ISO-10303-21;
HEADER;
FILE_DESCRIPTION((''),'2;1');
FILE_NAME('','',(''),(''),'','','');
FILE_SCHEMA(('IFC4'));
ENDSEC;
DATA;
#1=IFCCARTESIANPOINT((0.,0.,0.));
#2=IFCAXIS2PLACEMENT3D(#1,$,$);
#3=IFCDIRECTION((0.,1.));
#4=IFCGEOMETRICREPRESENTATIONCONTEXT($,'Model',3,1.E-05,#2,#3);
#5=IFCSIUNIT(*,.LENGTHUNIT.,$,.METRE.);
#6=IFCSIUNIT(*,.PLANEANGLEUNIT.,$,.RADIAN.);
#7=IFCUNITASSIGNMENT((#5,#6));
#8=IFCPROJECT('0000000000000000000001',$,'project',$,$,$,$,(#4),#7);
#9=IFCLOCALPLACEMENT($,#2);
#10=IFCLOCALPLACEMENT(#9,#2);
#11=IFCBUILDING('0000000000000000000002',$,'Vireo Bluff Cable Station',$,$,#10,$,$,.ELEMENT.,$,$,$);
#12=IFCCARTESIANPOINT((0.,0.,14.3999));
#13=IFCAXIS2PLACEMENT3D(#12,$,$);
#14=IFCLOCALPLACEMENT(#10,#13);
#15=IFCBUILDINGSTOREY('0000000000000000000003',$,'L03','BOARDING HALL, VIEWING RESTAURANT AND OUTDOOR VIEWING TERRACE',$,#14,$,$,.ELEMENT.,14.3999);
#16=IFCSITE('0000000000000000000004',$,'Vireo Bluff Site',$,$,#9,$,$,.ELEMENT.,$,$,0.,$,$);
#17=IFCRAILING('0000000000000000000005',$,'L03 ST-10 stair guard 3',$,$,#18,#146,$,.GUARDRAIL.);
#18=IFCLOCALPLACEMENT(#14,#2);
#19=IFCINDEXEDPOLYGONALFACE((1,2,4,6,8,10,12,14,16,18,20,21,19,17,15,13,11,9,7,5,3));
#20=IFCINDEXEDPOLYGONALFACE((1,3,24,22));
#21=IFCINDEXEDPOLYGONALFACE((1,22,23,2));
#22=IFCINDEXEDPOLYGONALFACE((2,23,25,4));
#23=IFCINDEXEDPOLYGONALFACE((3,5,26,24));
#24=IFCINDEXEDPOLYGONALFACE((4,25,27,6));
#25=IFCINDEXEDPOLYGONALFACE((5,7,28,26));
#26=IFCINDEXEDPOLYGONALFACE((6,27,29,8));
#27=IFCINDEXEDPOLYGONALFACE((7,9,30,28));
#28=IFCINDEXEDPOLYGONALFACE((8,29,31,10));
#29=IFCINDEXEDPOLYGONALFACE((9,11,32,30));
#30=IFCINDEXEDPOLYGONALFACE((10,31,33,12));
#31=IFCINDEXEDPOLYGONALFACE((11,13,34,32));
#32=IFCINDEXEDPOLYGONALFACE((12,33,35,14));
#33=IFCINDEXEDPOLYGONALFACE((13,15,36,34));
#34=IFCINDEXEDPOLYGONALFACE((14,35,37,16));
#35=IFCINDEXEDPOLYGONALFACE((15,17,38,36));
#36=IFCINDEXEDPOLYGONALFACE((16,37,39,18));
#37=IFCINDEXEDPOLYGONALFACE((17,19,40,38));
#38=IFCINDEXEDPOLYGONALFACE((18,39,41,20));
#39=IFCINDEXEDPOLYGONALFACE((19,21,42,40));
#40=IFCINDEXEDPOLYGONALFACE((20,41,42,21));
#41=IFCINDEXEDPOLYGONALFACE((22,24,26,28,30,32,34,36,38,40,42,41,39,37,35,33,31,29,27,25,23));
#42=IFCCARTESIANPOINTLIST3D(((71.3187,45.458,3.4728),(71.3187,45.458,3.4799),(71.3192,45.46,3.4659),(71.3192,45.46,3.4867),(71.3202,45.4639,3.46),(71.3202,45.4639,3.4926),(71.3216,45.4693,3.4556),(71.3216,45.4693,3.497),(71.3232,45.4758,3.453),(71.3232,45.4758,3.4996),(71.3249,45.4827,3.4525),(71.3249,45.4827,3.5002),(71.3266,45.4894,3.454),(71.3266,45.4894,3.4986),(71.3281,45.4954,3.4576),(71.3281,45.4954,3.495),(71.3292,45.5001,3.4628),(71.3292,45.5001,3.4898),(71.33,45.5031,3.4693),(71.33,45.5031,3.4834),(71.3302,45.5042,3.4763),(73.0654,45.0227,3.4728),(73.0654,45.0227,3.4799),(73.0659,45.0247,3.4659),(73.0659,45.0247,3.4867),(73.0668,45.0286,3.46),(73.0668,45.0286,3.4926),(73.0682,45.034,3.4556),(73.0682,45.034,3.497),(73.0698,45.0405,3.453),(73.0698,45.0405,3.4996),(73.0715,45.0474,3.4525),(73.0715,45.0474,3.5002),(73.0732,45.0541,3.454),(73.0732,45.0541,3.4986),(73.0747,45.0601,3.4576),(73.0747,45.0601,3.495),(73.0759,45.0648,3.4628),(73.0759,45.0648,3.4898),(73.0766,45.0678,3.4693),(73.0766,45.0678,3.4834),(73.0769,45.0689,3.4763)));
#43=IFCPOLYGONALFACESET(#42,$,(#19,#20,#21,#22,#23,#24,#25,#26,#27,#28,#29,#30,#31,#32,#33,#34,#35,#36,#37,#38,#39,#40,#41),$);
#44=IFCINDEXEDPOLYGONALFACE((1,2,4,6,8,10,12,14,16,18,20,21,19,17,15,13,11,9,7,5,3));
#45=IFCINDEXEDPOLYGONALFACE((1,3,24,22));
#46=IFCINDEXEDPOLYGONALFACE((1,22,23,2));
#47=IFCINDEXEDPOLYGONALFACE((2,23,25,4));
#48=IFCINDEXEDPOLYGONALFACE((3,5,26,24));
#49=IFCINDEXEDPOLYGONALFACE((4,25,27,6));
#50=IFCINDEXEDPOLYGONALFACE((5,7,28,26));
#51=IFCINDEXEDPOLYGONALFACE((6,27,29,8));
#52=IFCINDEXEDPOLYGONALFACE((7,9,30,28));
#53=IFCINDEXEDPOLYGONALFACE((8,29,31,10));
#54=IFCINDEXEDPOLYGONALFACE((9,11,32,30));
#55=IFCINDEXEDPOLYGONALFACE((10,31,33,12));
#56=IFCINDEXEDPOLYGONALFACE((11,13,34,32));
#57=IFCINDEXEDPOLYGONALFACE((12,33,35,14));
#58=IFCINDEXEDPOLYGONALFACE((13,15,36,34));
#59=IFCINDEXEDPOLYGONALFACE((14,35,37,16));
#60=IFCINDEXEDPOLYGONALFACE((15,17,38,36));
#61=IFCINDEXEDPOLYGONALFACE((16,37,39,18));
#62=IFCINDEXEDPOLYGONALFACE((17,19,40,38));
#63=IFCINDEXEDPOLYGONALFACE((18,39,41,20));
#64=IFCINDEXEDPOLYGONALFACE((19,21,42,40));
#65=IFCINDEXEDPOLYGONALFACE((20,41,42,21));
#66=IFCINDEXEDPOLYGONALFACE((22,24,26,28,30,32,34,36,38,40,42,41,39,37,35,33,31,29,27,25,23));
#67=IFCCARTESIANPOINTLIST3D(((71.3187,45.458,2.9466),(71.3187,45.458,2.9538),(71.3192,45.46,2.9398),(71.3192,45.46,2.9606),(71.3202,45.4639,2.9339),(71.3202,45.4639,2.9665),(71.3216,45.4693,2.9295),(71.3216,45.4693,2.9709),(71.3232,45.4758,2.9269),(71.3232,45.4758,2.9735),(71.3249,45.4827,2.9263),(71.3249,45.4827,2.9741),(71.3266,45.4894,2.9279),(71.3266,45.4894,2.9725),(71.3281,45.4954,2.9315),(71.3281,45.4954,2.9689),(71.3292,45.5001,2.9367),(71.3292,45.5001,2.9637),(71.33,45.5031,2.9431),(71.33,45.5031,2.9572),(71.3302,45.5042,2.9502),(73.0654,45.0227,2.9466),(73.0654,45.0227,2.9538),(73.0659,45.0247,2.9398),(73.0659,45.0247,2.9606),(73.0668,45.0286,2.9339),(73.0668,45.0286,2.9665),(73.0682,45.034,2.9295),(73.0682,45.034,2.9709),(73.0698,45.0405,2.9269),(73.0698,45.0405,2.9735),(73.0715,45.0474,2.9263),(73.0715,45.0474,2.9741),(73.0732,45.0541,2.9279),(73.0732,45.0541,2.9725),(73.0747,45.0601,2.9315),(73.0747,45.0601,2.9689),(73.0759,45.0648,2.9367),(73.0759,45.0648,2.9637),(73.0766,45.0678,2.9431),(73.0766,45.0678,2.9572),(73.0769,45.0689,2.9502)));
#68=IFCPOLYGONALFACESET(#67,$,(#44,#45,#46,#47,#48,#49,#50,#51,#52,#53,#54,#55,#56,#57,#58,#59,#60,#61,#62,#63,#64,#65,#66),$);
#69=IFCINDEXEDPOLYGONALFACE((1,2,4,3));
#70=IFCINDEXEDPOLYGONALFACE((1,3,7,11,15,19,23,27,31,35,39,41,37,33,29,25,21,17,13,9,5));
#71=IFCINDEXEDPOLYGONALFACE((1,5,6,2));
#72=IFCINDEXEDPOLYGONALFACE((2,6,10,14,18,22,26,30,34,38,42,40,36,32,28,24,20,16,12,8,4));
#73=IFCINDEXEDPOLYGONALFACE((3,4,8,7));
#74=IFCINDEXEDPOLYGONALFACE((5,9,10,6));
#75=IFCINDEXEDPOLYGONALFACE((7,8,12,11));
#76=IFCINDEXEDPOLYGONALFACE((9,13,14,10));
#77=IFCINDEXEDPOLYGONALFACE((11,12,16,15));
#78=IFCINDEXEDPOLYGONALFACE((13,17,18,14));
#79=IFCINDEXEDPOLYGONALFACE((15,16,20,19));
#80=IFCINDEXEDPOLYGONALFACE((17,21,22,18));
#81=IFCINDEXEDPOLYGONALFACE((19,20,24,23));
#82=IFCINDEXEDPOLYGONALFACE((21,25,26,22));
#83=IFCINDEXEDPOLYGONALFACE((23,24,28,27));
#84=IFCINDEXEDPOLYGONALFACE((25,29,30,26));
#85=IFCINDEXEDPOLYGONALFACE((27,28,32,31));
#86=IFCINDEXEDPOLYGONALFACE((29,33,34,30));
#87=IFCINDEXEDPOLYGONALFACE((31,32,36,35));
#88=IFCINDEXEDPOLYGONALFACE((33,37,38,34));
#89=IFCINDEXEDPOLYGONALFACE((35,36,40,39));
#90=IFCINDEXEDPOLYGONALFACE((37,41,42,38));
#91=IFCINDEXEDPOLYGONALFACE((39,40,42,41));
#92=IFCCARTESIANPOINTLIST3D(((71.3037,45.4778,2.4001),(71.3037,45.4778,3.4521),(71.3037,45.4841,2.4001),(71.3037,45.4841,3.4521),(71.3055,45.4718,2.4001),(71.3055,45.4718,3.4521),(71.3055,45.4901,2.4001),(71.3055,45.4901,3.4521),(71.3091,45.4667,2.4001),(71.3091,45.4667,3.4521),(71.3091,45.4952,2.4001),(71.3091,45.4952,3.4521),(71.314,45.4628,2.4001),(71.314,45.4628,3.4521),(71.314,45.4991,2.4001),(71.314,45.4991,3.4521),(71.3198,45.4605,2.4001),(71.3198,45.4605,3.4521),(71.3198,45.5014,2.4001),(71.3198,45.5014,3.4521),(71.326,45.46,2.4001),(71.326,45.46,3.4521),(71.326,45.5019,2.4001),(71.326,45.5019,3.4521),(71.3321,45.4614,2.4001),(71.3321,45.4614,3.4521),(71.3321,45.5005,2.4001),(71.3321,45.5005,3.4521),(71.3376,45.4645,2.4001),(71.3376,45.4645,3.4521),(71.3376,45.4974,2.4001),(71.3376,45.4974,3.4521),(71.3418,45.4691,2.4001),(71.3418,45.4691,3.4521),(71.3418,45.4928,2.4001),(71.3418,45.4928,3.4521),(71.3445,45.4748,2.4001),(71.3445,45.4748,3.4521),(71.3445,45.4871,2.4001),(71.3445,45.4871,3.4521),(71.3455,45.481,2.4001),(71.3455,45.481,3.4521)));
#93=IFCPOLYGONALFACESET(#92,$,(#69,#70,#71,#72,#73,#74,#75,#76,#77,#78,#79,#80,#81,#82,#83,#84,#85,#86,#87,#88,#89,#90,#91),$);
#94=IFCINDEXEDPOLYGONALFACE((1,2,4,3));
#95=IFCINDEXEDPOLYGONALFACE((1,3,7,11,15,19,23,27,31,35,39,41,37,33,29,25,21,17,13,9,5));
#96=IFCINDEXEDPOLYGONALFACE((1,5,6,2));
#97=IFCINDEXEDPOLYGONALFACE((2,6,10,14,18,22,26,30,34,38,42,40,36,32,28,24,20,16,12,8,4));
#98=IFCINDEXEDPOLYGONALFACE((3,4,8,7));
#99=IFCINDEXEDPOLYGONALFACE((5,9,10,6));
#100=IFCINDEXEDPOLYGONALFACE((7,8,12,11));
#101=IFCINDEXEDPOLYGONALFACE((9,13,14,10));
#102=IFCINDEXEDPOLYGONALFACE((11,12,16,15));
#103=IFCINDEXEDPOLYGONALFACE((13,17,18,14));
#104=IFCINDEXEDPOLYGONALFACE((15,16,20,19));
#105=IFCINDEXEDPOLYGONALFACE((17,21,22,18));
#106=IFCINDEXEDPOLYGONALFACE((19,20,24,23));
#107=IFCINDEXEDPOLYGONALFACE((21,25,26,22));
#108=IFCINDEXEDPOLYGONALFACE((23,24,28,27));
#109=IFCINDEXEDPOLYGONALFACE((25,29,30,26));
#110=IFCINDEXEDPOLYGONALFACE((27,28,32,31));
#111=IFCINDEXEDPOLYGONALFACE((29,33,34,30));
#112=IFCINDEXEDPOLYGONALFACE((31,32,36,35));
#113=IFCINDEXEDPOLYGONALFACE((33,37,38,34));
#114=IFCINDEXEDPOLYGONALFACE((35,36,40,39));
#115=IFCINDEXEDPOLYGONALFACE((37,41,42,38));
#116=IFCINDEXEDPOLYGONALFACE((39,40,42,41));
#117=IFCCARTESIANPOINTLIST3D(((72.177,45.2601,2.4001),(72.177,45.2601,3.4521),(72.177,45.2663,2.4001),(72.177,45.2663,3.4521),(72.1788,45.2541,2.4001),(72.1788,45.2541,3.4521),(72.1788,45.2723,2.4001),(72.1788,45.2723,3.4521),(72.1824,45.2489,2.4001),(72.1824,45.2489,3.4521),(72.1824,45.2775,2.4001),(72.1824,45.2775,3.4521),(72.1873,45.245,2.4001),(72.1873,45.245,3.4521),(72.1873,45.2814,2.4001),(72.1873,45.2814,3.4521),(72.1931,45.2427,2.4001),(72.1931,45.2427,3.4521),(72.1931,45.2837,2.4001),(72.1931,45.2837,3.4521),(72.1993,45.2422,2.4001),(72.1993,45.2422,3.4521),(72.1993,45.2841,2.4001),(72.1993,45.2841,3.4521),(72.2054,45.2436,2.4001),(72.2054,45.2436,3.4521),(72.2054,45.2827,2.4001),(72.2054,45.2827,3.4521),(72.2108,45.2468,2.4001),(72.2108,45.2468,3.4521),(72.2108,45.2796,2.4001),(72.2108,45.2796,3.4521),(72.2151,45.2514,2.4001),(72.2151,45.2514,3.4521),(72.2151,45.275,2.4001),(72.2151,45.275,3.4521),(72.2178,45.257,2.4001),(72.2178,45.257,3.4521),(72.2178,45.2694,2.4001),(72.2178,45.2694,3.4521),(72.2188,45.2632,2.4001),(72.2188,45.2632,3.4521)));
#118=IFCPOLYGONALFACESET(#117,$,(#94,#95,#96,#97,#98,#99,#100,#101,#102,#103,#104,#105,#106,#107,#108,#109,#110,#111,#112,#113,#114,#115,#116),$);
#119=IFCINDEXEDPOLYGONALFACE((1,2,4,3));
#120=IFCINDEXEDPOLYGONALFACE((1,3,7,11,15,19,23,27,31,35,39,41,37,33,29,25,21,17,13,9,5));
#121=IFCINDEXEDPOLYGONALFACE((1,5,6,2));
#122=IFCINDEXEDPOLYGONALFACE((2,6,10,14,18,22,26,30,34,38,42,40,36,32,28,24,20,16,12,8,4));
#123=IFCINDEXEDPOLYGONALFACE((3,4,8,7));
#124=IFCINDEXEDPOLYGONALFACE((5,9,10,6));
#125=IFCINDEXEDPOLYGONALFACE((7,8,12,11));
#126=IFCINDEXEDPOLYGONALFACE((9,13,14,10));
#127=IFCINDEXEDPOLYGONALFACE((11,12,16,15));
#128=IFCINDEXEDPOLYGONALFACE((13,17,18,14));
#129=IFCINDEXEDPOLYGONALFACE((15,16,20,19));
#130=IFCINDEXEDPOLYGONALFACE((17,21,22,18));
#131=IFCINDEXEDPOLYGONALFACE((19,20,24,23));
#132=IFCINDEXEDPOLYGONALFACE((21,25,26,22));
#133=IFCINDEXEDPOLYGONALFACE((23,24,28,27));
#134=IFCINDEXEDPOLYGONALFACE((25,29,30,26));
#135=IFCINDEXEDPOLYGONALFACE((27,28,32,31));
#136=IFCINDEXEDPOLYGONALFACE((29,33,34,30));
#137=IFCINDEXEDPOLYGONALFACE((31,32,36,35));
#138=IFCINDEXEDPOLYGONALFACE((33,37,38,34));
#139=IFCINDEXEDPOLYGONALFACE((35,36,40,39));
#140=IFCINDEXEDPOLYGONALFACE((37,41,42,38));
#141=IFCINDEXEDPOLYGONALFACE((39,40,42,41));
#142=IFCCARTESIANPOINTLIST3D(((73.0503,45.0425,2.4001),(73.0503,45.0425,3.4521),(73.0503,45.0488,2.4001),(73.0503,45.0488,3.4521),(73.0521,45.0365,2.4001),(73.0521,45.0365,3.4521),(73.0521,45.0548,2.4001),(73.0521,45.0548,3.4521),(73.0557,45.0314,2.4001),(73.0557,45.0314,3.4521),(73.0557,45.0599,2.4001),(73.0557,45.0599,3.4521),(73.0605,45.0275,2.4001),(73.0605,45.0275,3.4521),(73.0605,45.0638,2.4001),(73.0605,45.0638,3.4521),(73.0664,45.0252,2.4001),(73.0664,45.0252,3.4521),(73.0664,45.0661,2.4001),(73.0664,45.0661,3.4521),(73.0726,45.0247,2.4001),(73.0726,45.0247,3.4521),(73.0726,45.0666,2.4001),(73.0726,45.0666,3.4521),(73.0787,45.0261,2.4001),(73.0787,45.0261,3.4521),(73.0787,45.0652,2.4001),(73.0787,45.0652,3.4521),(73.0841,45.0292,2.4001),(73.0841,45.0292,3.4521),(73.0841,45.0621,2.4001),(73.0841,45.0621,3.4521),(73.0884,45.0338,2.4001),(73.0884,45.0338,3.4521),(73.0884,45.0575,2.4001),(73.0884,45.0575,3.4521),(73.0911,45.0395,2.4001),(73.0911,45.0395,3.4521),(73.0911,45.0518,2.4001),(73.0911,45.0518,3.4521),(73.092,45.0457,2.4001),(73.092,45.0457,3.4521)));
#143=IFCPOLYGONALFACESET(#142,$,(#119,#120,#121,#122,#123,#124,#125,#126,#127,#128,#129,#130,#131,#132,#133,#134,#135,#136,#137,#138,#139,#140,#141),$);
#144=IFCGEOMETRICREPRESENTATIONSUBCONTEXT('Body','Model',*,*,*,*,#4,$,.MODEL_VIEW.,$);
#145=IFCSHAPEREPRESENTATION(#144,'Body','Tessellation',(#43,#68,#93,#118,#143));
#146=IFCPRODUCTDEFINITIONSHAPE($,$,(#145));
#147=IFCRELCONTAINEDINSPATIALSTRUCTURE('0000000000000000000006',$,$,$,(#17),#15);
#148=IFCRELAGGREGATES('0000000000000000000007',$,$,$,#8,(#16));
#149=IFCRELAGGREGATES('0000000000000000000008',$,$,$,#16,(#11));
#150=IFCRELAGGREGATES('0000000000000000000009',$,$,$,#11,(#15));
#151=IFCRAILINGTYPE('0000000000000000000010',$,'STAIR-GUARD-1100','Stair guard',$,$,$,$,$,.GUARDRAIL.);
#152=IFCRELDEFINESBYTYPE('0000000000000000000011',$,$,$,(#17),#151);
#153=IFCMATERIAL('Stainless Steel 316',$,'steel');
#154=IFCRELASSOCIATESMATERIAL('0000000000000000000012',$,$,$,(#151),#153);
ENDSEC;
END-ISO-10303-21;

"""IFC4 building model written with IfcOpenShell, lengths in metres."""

from ifc_helpers import new_model, si_unit, direction, frame, origin, origin_2d, place, context, subcontext, project, spatial, circle, extrude, material, type_object, element, save


model = new_model("IFC4")

# Units and contexts
model_context = context("Model", 3, precision=1e-05, world=origin(), true_north=direction((0.0, 1.0)))
body_context = subcontext(model_context, "Body", "Model", "MODEL_VIEW")
ifc_project = project(units=[si_unit("LENGTHUNIT", "METRE"), si_unit("PLANEANGLEUNIT", "RADIAN")], contexts=[model_context])

# Site, building, storey
site_placement = place(None, origin())
site = spatial("IfcSite", under=ifc_project, at=site_placement, Name="Vireo Bluff Site", CompositionType="ELEMENT", RefElevation=0.0)
building_placement = place(site_placement, origin())
building = spatial("IfcBuilding", under=site, at=building_placement, Name="Vireo Bluff Cable Station", CompositionType="ELEMENT")
storey_placement = place(building_placement, frame((0.0, 0.0, 14.3999)))
storey = spatial("IfcBuildingStorey", under=building, at=storey_placement, Name="L03", Description="BOARDING HALL, VIEWING RESTAURANT AND OUTDOOR VIEWING TERRACE", CompositionType="ELEMENT", Elevation=14.3999)

# Railing
ifc_material_1 = material(Name="Stainless Steel 316", Category="steel")
railing_type_1 = type_object("IfcRailingType", Name="STAIR-GUARD-1100", Description="Stair guard", PredefinedType="GUARDRAIL", material=ifc_material_1)
railing_1_placement = place(storey_placement, frame((71.3245, 45.481, 2.4001)))
element("IfcRailing", 1, at=railing_1_placement, inside=storey, type_object=railing_type_1, Name="L03 ST-10 stair guard 3", PredefinedType="GUARDRAIL", context=body_context, shape_type="SweptSolid", body=[
    extrude(circle(Radius=0.0239, at=origin_2d()), frame((0.0, 0.0, 1.0762), z_axis=(0.970318, -0.241833, 0.0), x_axis=(0.241833, 0.970318, 0.0)), (0.0, 0.0, 1.0), 1.8),
    extrude(circle(Radius=0.0239, at=origin_2d()), frame((0.0, 0.0, 0.55), z_axis=(0.970318, -0.241833, 0.0), x_axis=(0.241833, 0.970318, 0.0)), (0.0, 0.0, 1.0), 1.8),
    extrude(circle(Radius=0.021, at=origin_2d()), origin(), (0.0, 0.0, 1.0), 1.052),
    extrude(circle(Radius=0.021, at=origin_2d()), frame((0.8733, -0.2178, 0.0)), (0.0, 0.0, 1.0), 1.052),
    extrude(circle(Radius=0.021, at=origin_2d()), frame((1.7466, -0.4353, 0.0)), (0.0, 0.0, 1.0), 1.052),
])

save(model, "model.ifc")
